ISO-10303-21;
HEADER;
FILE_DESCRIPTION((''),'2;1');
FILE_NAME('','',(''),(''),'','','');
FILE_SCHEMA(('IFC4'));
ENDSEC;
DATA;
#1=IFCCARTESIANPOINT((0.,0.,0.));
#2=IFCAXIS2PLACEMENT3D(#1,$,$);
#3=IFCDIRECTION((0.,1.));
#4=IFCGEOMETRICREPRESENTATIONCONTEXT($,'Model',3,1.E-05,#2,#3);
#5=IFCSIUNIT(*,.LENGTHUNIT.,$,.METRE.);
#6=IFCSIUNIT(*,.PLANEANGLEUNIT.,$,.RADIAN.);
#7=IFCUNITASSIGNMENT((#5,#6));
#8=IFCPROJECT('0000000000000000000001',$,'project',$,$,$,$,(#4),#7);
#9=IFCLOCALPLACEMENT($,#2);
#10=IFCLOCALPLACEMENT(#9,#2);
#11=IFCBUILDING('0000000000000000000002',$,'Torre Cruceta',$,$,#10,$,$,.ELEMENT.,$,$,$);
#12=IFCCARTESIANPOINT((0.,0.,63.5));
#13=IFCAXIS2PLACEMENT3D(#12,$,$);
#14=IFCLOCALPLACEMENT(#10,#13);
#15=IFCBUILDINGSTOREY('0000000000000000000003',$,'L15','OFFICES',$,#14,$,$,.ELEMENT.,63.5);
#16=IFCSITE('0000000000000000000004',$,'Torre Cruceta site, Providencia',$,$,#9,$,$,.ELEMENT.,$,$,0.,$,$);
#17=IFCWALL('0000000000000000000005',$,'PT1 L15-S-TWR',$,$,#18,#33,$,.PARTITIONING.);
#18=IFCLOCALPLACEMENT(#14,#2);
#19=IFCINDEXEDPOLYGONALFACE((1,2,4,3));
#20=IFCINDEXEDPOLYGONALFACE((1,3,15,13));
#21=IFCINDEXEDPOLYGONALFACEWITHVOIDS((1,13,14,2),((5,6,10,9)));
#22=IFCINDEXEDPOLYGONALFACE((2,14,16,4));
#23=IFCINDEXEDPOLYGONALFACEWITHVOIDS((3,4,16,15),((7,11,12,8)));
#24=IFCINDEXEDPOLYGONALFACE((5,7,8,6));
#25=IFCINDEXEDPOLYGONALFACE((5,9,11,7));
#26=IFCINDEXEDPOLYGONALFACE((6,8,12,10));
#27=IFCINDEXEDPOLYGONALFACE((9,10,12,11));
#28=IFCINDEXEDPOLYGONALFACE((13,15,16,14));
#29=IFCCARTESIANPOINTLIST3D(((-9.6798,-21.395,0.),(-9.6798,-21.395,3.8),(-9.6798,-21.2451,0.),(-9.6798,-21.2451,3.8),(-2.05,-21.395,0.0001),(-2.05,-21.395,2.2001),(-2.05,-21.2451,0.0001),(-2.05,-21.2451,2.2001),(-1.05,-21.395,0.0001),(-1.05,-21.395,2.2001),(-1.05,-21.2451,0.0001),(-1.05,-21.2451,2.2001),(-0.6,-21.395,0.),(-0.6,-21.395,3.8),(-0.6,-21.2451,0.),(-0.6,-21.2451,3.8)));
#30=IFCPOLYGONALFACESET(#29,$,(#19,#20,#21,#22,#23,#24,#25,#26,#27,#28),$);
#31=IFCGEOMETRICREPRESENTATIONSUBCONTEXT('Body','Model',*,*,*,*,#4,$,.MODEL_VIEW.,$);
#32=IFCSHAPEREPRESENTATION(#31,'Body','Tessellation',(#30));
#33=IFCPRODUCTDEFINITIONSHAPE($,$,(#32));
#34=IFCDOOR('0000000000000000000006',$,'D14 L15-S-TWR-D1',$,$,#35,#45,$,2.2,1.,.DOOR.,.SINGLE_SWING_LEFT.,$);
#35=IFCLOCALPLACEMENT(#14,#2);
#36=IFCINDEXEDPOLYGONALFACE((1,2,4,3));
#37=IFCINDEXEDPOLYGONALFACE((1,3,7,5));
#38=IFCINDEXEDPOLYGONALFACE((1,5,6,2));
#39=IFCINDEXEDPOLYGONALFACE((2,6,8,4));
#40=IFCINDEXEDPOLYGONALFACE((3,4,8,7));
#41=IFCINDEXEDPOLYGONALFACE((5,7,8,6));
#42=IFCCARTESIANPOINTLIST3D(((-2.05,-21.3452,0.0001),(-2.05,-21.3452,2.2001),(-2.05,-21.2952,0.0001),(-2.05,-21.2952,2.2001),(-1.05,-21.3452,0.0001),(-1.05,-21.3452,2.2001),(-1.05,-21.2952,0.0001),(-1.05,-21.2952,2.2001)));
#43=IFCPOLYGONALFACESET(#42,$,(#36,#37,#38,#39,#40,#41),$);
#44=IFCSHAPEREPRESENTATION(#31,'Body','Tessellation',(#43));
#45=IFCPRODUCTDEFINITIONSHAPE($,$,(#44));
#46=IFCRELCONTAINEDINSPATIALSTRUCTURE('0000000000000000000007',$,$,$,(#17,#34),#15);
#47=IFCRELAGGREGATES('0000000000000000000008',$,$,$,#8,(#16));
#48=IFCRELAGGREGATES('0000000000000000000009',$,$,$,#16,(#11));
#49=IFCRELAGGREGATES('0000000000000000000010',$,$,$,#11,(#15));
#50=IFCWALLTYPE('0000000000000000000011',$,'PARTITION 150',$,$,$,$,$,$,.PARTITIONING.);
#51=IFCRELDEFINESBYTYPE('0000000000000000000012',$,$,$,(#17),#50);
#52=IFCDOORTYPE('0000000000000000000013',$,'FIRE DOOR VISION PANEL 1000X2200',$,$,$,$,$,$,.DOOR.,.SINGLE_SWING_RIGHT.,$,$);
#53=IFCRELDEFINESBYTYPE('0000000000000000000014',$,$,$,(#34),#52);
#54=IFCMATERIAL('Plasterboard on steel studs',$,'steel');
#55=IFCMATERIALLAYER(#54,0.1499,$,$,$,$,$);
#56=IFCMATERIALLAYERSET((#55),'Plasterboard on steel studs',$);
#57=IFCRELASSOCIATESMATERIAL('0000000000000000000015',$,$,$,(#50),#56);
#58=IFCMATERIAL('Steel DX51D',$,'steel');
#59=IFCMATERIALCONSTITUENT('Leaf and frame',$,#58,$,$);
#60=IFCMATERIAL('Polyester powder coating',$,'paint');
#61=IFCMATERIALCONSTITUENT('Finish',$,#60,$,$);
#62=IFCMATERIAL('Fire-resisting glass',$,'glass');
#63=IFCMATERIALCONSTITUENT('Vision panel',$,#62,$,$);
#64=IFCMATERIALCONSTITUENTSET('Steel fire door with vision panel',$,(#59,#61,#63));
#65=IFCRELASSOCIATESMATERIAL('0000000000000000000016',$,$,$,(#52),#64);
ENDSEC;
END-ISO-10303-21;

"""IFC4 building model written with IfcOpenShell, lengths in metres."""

from ifc_helpers import new_model, si_unit, direction, frame, frame_2d, origin, place, context, subcontext, project, spatial, rectangle, extrude, material, layer, layer_set, constituent, constituent_set, type_object, element, fill, save


model = new_model("IFC4")

# Units and contexts
model_context = context("Model", 3, precision=1e-05, world=origin(), true_north=direction((0.0, 1.0)))
body_context = subcontext(model_context, "Body", "Model", "MODEL_VIEW")
ifc_project = project(units=[si_unit("LENGTHUNIT", "METRE"), si_unit("PLANEANGLEUNIT", "RADIAN")], contexts=[model_context])

# Site, building, storey
site_placement = place(None, origin())
site = spatial("IfcSite", under=ifc_project, at=site_placement, Name="Torre Cruceta site, Providencia", CompositionType="ELEMENT", RefElevation=0.0)
building_placement = place(site_placement, origin())
building = spatial("IfcBuilding", under=site, at=building_placement, Name="Torre Cruceta", CompositionType="ELEMENT")
storey_placement = place(building_placement, frame((0.0, 0.0, 63.5)))
storey = spatial("IfcBuildingStorey", under=building, at=storey_placement, Name="L15", Description="OFFICES", CompositionType="ELEMENT", Elevation=63.5)

# Wall, opening, door
ifc_material_1 = material(Name="Plasterboard on steel studs", Category="steel")
ifc_layer_1 = layer(ifc_material_1, 0.1499)
ifc_layer_set_1 = layer_set([ifc_layer_1], Name="Plasterboard on steel studs")
wall_type_1 = type_object("IfcWallType", Name="PARTITION 150", PredefinedType="PARTITIONING", material=ifc_layer_set_1)
wall_1_placement = place(storey_placement, frame((-9.6799, -21.3201, 0.0), z_axis=(0.0, 0.0, 1.0), x_axis=(1.0, 0.0, 0.0)))
wall_1 = element("IfcWall", 1, at=wall_1_placement, inside=storey, type_object=wall_type_1, Name="PT1 L15-S-TWR", PredefinedType="PARTITIONING", context=body_context, shape_type="SweptSolid", body=[
    extrude(rectangle(XDim=9.0798, YDim=0.1499, at=frame_2d((4.54, 0.0))), origin(), (0.0, 0.0, 1.0), 3.8),
])
opening_1_placement = place(wall_1_placement, frame((7.6299, 0.0, 0.0)))
opening_1 = element("IfcOpeningElement", 2, at=opening_1_placement, cuts=wall_1, PredefinedType="OPENING", context=body_context, shape_type="SweptSolid", body=[
    extrude(rectangle(XDim=1.0, YDim=2.2, at=frame_2d((0.5, 1.1001))), frame((0.0, 0.085, 0.0), z_axis=(0.0, -1.0, 0.0), x_axis=(1.0, 0.0, 0.0)), (0.0, 0.0, 1.0), 0.1699),
])
ifc_material_2 = material(Name="Steel DX51D", Category="steel")
ifc_constituent_1 = constituent(ifc_material_2, Name="Leaf and frame")
ifc_material_3 = material(Name="Polyester powder coating", Category="paint")
ifc_constituent_2 = constituent(ifc_material_3, Name="Finish")
ifc_material_4 = material(Name="Fire-resisting glass", Category="glass")
ifc_constituent_3 = constituent(ifc_material_4, Name="Vision panel")
ifc_constituent_set_1 = constituent_set(constituents=[ifc_constituent_1, ifc_constituent_2, ifc_constituent_3], Name="Steel fire door with vision panel")
door_type = type_object("IfcDoorType", Name="FIRE DOOR VISION PANEL 1000X2200", OperationType="SINGLE_SWING_RIGHT", PredefinedType="DOOR", material=ifc_constituent_set_1)
door_placement = place(opening_1_placement, frame((1.0, 0.0, 0.0), z_axis=(0.0, 0.0, 1.0), x_axis=(-1.0, 0.0, 0.0)))
door = element("IfcDoor", 3, at=door_placement, inside=storey, type_object=door_type, Name="D14 L15-S-TWR-D1", OperationType="SINGLE_SWING_LEFT", OverallHeight=2.2, OverallWidth=1.0, PredefinedType="DOOR", context=body_context, shape_type="SweptSolid", body=[
    extrude(rectangle(XDim=1.0, YDim=2.2, at=frame_2d((0.5, 1.1001))), frame((0.0, 0.0251, 0.0), z_axis=(0.0, -1.0, 0.0), x_axis=(1.0, 0.0, 0.0)), (0.0, 0.0, 1.0), 0.05),
])
fill(opening_1, door)

save(model, "model.ifc")
